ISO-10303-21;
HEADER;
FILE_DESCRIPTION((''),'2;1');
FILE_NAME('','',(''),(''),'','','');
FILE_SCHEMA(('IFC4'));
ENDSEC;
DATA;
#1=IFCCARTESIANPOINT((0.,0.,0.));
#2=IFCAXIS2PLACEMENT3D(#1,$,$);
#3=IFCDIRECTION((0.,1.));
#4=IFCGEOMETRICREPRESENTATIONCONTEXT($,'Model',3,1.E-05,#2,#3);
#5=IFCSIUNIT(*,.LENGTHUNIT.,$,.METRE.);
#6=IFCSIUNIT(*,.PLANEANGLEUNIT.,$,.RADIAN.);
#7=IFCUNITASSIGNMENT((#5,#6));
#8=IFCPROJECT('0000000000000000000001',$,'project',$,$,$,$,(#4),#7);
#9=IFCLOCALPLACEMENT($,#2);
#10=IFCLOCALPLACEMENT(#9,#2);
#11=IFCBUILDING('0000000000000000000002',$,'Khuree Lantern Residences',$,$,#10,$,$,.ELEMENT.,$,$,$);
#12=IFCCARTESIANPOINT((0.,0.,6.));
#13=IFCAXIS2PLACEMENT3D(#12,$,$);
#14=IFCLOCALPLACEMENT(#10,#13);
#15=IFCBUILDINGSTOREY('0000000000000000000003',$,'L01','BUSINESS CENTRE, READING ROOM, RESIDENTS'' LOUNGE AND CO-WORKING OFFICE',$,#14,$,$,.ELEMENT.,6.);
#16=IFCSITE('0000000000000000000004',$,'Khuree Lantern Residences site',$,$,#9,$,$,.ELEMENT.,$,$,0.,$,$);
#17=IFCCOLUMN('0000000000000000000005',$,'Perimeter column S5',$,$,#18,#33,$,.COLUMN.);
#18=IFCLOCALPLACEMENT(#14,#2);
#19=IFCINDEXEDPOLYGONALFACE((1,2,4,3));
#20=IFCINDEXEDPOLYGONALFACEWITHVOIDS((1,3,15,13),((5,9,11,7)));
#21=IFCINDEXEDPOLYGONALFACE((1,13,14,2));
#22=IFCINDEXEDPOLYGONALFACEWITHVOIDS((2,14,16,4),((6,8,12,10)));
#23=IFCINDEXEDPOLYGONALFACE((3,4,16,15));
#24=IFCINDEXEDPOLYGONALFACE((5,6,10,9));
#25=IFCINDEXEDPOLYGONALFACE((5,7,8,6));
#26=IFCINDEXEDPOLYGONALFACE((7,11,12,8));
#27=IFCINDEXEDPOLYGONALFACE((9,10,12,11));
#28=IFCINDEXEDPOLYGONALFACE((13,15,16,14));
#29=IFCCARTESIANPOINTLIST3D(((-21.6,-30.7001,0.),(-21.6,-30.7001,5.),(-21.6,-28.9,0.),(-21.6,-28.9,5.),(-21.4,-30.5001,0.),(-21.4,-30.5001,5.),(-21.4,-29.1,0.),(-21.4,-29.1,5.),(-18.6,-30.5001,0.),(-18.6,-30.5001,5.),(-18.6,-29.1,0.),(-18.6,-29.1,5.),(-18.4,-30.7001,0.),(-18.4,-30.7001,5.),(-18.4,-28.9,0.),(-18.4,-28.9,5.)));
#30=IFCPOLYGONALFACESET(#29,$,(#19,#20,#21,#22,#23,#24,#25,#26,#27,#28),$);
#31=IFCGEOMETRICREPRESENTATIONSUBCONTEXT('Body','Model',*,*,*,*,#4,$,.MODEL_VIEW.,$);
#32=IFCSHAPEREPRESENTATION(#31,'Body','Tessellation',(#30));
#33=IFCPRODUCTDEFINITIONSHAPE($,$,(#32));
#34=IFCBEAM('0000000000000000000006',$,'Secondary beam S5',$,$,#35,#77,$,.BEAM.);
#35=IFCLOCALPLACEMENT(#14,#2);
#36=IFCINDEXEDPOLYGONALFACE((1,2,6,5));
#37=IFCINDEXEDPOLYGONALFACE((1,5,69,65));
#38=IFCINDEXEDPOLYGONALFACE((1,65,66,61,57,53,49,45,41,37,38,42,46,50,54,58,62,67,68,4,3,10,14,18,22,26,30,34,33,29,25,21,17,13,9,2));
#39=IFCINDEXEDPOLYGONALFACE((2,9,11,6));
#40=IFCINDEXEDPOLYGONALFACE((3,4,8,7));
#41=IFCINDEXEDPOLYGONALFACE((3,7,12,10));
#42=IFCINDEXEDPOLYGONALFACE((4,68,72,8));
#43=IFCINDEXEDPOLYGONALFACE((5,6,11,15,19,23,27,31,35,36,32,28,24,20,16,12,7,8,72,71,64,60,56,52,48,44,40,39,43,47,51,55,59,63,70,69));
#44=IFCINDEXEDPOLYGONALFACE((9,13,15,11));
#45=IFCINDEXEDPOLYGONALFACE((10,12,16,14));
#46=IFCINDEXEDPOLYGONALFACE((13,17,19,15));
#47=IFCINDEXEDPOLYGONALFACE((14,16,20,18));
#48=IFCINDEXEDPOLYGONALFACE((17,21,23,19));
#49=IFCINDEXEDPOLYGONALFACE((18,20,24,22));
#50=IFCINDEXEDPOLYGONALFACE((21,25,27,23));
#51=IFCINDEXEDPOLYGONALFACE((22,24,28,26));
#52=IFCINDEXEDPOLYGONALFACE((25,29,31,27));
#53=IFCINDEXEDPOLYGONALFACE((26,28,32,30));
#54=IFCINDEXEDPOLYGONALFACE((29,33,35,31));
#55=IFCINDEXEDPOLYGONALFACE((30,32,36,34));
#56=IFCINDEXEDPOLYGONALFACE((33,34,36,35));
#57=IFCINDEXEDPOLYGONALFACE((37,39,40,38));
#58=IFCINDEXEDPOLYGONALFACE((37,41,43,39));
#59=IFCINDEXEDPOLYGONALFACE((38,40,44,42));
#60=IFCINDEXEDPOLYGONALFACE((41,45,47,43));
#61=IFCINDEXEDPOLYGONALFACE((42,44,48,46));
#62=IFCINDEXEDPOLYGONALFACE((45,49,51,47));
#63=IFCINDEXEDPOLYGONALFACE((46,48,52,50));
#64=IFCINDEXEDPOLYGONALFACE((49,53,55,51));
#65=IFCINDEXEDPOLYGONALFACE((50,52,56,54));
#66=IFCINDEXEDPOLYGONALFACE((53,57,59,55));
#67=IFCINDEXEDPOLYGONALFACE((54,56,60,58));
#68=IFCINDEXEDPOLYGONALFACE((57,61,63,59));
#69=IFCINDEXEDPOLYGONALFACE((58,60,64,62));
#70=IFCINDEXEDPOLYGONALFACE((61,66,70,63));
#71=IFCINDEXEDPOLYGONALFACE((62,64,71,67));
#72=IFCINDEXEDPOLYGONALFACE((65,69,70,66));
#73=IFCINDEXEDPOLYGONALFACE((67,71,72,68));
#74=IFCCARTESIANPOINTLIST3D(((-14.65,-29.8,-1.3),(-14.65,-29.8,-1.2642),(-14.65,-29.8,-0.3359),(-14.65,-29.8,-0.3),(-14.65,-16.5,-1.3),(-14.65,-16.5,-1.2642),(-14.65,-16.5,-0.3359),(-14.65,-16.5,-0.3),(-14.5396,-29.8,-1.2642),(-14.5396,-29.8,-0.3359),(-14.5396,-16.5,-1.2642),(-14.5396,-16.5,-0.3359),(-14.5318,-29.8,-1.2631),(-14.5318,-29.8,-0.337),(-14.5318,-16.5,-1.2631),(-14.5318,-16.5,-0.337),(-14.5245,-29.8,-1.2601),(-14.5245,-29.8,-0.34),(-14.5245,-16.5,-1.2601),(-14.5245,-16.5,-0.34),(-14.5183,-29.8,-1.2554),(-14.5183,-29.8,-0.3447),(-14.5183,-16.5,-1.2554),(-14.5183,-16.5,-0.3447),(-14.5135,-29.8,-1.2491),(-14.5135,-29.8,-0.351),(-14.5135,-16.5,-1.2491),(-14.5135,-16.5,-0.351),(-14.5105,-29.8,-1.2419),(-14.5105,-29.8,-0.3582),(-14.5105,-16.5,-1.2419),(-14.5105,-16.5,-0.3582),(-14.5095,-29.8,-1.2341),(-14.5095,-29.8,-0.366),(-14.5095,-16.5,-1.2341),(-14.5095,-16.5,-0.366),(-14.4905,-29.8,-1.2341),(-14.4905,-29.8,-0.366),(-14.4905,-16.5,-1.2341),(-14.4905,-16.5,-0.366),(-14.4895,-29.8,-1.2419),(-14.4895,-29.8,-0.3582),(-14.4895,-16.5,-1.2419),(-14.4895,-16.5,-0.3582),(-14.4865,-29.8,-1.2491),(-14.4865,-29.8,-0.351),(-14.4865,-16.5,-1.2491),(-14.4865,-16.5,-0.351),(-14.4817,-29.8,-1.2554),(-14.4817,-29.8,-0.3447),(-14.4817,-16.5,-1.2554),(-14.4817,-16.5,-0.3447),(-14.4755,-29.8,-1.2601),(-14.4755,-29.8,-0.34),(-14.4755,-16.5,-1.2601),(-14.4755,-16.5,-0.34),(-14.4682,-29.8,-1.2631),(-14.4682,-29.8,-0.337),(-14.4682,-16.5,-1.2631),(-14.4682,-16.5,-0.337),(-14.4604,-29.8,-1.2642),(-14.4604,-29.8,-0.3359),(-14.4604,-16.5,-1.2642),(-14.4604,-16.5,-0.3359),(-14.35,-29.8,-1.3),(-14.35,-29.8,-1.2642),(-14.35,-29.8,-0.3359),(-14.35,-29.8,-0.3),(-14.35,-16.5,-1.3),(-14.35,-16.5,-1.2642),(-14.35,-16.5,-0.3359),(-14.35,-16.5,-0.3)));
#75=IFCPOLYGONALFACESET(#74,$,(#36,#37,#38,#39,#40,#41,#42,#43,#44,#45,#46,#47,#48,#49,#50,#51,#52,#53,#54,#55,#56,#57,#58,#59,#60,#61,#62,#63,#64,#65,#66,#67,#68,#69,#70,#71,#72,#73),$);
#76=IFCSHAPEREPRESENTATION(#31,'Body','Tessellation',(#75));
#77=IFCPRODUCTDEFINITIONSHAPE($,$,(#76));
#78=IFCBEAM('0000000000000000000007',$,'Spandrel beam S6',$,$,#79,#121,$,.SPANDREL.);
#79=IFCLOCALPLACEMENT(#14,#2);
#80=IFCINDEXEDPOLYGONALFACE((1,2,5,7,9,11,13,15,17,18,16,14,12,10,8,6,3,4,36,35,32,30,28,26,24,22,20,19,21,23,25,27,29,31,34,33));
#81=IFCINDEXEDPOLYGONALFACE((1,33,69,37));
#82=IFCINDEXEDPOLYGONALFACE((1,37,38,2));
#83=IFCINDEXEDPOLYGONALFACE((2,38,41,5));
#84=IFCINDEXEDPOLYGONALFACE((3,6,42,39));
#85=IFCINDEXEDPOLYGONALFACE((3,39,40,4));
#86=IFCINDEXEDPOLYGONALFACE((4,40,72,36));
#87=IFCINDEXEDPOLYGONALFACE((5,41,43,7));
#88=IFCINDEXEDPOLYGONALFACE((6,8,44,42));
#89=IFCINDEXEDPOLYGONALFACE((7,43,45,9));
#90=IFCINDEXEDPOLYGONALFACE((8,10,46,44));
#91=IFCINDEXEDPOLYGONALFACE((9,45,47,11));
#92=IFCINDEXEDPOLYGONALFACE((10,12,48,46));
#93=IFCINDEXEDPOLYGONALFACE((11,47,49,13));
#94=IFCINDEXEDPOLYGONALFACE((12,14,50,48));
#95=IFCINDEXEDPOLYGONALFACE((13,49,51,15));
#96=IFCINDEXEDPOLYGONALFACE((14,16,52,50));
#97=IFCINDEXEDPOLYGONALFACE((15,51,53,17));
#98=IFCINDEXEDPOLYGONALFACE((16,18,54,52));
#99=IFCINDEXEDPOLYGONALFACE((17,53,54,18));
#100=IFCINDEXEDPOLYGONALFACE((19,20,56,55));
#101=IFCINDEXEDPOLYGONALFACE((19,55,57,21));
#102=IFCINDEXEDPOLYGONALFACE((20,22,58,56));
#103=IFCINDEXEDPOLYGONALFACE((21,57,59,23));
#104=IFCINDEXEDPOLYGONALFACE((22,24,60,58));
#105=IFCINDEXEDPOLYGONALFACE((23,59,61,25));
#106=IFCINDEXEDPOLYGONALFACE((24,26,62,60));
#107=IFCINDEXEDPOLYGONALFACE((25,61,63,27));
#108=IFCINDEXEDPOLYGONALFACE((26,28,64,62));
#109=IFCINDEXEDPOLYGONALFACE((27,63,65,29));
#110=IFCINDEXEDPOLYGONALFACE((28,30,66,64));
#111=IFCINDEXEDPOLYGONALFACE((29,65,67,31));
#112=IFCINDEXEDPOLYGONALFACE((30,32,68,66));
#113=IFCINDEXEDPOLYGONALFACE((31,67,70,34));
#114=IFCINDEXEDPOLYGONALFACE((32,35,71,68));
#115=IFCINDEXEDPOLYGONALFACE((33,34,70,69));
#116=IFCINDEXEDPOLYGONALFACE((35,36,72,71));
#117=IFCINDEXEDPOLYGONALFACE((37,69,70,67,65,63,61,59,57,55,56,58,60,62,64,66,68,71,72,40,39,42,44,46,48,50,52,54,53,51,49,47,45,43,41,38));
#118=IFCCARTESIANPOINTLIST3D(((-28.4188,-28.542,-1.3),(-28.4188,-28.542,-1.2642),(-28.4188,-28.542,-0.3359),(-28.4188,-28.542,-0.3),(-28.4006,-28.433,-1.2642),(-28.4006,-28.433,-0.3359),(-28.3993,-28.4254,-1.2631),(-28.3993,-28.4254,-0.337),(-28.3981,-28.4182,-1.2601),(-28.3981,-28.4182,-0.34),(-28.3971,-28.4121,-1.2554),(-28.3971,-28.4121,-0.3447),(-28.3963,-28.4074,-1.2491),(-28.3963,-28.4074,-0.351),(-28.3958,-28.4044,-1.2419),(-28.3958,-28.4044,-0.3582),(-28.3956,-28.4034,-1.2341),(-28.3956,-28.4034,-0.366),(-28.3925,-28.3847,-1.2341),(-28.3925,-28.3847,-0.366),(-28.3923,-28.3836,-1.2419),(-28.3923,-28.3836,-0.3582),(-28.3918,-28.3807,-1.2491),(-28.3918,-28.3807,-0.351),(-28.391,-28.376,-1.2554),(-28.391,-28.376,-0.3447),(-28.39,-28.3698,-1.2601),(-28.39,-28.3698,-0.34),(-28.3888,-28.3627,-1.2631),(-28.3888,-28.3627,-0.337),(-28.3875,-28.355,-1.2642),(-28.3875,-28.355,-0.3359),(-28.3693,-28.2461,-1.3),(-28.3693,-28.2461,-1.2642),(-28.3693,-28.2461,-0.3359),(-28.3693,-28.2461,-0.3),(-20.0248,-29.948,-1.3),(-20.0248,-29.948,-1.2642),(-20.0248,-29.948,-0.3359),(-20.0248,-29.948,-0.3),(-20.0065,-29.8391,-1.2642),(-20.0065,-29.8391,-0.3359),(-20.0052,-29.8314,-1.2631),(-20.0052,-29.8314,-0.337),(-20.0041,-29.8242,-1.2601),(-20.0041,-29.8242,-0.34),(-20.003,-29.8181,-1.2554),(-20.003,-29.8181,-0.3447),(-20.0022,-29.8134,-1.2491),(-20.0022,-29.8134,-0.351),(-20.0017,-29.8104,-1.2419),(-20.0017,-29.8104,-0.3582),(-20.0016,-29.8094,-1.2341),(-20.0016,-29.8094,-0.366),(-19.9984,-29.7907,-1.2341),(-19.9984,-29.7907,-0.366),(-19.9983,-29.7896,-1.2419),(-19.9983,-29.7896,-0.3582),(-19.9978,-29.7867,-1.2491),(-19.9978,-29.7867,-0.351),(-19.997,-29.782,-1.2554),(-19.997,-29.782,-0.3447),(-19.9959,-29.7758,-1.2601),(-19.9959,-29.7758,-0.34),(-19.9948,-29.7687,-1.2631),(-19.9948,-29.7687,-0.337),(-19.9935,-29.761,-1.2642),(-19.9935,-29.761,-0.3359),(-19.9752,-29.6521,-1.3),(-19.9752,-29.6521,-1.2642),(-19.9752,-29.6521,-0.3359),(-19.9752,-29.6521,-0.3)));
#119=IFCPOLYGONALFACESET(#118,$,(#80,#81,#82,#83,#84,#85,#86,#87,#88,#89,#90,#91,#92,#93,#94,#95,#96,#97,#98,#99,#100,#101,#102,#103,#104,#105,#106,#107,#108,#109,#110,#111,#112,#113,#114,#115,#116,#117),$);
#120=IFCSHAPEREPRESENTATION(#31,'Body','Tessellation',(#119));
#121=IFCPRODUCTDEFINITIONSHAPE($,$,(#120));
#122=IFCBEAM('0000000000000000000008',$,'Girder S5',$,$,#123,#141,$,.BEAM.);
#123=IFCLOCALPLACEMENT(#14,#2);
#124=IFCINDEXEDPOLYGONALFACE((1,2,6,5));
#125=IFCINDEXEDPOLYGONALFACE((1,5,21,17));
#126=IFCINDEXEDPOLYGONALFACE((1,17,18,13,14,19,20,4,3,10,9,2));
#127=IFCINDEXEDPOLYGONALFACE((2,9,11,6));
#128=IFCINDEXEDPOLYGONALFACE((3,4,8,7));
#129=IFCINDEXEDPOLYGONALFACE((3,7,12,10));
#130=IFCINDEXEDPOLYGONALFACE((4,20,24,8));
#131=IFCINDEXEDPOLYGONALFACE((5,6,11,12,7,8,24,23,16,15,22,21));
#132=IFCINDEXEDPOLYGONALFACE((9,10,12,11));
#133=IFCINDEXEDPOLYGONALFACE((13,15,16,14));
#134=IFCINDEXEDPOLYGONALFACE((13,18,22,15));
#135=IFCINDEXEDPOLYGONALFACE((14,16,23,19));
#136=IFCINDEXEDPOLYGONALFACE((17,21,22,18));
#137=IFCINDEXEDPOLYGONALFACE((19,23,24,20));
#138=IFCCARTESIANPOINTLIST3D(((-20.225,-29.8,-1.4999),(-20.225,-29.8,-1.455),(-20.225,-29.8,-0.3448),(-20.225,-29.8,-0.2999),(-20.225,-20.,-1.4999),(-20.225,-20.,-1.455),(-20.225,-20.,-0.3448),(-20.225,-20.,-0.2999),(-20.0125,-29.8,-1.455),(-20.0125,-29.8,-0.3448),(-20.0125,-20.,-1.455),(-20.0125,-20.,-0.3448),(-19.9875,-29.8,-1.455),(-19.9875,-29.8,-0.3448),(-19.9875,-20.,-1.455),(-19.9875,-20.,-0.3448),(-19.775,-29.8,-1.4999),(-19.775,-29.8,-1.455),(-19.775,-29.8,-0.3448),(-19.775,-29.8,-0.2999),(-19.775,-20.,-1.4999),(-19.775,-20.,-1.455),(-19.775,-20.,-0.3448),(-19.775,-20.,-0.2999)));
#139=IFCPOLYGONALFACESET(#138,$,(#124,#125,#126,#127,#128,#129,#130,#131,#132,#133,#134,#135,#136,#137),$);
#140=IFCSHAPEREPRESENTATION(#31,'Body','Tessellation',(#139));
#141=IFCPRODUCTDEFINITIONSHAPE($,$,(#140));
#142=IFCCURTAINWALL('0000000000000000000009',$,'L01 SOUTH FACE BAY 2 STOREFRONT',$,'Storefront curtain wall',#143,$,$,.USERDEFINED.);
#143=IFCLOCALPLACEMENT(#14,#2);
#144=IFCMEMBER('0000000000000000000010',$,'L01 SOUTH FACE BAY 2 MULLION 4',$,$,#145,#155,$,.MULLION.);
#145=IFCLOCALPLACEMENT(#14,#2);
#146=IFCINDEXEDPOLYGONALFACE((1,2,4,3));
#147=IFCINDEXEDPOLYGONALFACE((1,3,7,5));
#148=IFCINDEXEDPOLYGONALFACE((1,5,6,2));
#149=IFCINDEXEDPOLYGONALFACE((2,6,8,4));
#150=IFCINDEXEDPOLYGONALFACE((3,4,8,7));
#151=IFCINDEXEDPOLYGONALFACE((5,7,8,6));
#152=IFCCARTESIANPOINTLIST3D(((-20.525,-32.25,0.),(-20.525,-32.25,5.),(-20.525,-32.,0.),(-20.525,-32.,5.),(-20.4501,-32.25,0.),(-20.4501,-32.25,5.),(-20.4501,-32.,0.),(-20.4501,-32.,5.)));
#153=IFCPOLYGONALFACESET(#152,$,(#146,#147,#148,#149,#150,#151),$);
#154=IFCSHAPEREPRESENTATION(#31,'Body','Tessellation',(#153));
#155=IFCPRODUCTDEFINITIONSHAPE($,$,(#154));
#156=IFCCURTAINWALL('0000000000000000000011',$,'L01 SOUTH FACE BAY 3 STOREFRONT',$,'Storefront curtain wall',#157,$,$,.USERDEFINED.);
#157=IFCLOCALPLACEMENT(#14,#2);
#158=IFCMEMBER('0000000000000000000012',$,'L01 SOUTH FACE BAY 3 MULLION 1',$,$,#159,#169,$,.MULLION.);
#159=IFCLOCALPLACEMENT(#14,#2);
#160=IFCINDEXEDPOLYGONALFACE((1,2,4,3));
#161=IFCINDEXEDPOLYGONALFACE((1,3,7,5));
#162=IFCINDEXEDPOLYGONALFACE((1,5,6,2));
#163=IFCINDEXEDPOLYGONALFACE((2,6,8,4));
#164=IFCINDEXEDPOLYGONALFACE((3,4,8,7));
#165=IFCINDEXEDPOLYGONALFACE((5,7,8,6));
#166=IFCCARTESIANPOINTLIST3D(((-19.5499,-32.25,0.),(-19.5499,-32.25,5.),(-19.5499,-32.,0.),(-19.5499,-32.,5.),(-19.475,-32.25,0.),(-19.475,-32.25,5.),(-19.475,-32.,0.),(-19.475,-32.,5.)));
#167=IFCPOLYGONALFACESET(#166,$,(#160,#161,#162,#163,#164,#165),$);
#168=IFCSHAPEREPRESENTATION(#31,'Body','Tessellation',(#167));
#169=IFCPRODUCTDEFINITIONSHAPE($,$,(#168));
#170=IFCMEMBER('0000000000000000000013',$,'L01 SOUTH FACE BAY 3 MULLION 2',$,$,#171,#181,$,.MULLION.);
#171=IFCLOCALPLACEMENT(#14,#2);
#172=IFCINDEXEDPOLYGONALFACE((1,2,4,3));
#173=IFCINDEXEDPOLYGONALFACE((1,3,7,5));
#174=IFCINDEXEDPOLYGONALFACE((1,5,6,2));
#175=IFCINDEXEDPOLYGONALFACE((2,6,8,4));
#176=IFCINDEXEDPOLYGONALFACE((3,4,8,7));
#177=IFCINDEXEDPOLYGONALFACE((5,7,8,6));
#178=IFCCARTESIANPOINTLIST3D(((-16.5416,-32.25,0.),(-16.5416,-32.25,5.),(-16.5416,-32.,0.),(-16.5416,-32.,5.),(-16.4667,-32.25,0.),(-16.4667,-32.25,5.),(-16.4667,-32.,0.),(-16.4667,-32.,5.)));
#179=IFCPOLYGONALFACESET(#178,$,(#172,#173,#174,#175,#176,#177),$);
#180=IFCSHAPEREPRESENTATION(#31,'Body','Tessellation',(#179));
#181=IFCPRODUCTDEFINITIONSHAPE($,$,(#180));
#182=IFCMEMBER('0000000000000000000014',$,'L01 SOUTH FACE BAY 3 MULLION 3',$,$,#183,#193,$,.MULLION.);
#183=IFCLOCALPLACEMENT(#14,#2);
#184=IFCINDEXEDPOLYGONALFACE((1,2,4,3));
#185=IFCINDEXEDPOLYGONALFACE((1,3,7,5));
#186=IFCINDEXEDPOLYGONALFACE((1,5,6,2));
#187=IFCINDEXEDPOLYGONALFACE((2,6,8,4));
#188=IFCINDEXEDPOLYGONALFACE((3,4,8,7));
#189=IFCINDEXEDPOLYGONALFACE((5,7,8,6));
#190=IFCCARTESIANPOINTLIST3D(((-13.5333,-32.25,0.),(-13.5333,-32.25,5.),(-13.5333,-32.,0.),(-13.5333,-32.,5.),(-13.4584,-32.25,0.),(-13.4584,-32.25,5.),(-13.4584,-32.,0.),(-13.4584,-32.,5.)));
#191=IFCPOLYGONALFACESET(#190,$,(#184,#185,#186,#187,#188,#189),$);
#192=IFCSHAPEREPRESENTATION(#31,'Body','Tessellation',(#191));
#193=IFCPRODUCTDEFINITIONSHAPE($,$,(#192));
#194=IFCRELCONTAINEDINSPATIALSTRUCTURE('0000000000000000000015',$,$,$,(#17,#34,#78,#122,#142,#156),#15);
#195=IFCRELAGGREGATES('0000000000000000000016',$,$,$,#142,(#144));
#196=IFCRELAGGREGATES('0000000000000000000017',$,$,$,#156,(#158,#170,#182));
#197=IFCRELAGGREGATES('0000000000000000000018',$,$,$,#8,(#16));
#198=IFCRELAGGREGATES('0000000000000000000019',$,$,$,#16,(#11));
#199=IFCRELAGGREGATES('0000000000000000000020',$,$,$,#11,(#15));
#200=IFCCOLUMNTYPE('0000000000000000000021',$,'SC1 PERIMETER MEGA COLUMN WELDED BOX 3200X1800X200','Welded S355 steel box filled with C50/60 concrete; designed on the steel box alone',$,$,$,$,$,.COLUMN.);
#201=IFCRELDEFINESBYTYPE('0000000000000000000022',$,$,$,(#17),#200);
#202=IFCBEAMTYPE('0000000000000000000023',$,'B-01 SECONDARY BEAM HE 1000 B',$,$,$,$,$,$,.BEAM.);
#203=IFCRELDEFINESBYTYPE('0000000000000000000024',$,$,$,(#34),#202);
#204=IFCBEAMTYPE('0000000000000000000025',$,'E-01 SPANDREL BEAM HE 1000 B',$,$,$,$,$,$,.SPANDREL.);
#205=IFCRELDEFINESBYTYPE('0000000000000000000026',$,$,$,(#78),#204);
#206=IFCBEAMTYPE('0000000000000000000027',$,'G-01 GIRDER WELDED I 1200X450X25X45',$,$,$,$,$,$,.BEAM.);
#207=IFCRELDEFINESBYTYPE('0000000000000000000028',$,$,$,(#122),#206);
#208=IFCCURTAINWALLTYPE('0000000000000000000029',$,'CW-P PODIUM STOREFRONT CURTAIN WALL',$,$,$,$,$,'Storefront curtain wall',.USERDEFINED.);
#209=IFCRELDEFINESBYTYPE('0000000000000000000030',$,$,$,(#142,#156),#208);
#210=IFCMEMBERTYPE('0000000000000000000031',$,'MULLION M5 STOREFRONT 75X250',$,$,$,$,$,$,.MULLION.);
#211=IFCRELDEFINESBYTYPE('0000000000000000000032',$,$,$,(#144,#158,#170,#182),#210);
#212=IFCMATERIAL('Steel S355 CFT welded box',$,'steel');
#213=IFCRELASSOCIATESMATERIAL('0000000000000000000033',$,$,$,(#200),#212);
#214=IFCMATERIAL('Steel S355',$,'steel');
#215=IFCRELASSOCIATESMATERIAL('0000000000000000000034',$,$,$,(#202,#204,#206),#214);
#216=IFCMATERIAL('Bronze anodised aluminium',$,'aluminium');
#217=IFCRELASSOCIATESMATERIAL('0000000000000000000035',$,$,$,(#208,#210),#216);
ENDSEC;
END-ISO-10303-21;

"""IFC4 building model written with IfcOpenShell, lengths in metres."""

from ifc_helpers import new_model, si_unit, direction, frame, origin, origin_2d, place, context, subcontext, project, spatial, rectangle, hollow_rectangle, i_section, extrude, material, material_profile, profile_set, type_object, element, aggregate, save


model = new_model("IFC4")

# Units and contexts
model_context = context("Model", 3, precision=1e-05, world=origin(), true_north=direction((0.0, 1.0)))
body_context = subcontext(model_context, "Body", "Model", "MODEL_VIEW")
ifc_project = project(units=[si_unit("LENGTHUNIT", "METRE"), si_unit("PLANEANGLEUNIT", "RADIAN")], contexts=[model_context])

# Site, building, storey
site_placement = place(None, origin())
site = spatial("IfcSite", under=ifc_project, at=site_placement, Name="Khuree Lantern Residences site", CompositionType="ELEMENT", RefElevation=0.0)
building_placement = place(site_placement, origin())
building = spatial("IfcBuilding", under=site, at=building_placement, Name="Khuree Lantern Residences", CompositionType="ELEMENT")
storey_placement = place(building_placement, frame((0.0, 0.0, 6.0)))
storey = spatial("IfcBuildingStorey", under=building, at=storey_placement, Name="L01", Description="BUSINESS CENTRE, READING ROOM, RESIDENTS' LOUNGE AND CO-WORKING OFFICE", CompositionType="ELEMENT", Elevation=6.0)

# Column
ifc_material_1 = material(Name="Steel S355 CFT welded box", Category="steel")
ifc_material_profile_1 = material_profile(ifc_material_1, hollow_rectangle(XDim=3.2, YDim=1.8, WallThickness=0.2, at=origin_2d()), Name="WELDED BOX 3200X1800X200")
ifc_profile_set_1 = profile_set([ifc_material_profile_1], Name="Steel S355 CFT welded box")
column_type = type_object("IfcColumnType", Name="SC1 PERIMETER MEGA COLUMN WELDED BOX 3200X1800X200", Description="Welded S355 steel box filled with C50/60 concrete; designed on the steel box alone", PredefinedType="COLUMN", material=ifc_profile_set_1)
column_placement = place(storey_placement, frame((-20.0, -29.8, 0.0), z_axis=(0.0, 0.0, 1.0), x_axis=(1.0, 0.0, 0.0)))
element("IfcColumn", 1, at=column_placement, inside=storey, type_object=column_type, Name="Perimeter column S5", PredefinedType="COLUMN", context=body_context, shape_type="SweptSolid", body=[
    extrude(hollow_rectangle(XDim=3.2, YDim=1.8, WallThickness=0.2, at=origin_2d()), origin(), (0.0, 0.0, 1.0), 5.0),
])

# Beams
ifc_material_2 = material(Name="Steel S355", Category="steel")
ifc_material_profile_2 = material_profile(ifc_material_2, i_section(OverallWidth=0.3, OverallDepth=1.0, WebThickness=0.019, FlangeThickness=0.0359, FilletRadius=0.03, at=origin_2d()), Name="HE 1000 B")
ifc_profile_set_2 = profile_set([ifc_material_profile_2], Name="Steel S355")
beam_type_1 = type_object("IfcBeamType", Name="B-01 SECONDARY BEAM HE 1000 B", PredefinedType="BEAM", material=ifc_profile_set_2)
beam_1_placement = place(storey_placement, frame((-14.5, -29.8, -0.8), z_axis=(0.0, 1.0, 0.0), x_axis=(-1.0, 0.0, 0.0)))
element("IfcBeam", 2, at=beam_1_placement, inside=storey, type_object=beam_type_1, Name="Secondary beam S5", PredefinedType="BEAM", context=body_context, shape_type="SweptSolid", body=[
    extrude(i_section(OverallWidth=0.3, OverallDepth=1.0, WebThickness=0.019, FlangeThickness=0.0359, FilletRadius=0.03, at=origin_2d()), origin(), (0.0, 0.0, 1.0), 13.3),
])
ifc_material_profile_3 = material_profile(ifc_material_2, i_section(OverallWidth=0.3, OverallDepth=1.0, WebThickness=0.019, FlangeThickness=0.0359, FilletRadius=0.03, at=origin_2d()), Name="HE 1000 B")
ifc_profile_set_3 = profile_set([ifc_material_profile_3], Name="Steel S355")
beam_type_2 = type_object("IfcBeamType", Name="E-01 SPANDREL BEAM HE 1000 B", PredefinedType="SPANDREL", material=ifc_profile_set_3)
beam_2_placement = place(storey_placement, frame((-20.0, -29.8, -0.8), z_axis=(-0.98626, 0.165199, 0.0), x_axis=(-0.165199, -0.98626, 0.0)))
element("IfcBeam", 3, at=beam_2_placement, inside=storey, type_object=beam_type_2, Name="Spandrel beam S6", PredefinedType="SPANDREL", context=body_context, shape_type="SweptSolid", body=[
    extrude(i_section(OverallWidth=0.3, OverallDepth=1.0, WebThickness=0.019, FlangeThickness=0.0359, FilletRadius=0.03, at=origin_2d()), origin(), (0.0, 0.0, 1.0), 8.511),
])
ifc_material_profile_4 = material_profile(ifc_material_2, i_section(OverallWidth=0.45, OverallDepth=1.2, WebThickness=0.0249, FlangeThickness=0.0449, at=origin_2d()), Name="WELDED I 1200X450X25X45")
ifc_profile_set_4 = profile_set([ifc_material_profile_4], Name="Steel S355")
beam_type_3 = type_object("IfcBeamType", Name="G-01 GIRDER WELDED I 1200X450X25X45", PredefinedType="BEAM", material=ifc_profile_set_4)
beam_3_placement = place(storey_placement, frame((-20.0, -29.8, -0.8999), z_axis=(0.0, 1.0, 0.0), x_axis=(-1.0, 0.0, 0.0)))
element("IfcBeam", 4, at=beam_3_placement, inside=storey, type_object=beam_type_3, Name="Girder S5", PredefinedType="BEAM", context=body_context, shape_type="SweptSolid", body=[
    extrude(i_section(OverallWidth=0.45, OverallDepth=1.2, WebThickness=0.0249, FlangeThickness=0.0449, at=origin_2d()), origin(), (0.0, 0.0, 1.0), 9.8),
])

# Curtain wall, member
ifc_material_3 = material(Name="Bronze anodised aluminium", Category="aluminium")
curtain_wall_type = type_object("IfcCurtainWallType", Name="CW-P PODIUM STOREFRONT CURTAIN WALL", ElementType="Storefront curtain wall", PredefinedType="USERDEFINED", material=ifc_material_3)
curtain_wall_1_placement = place(storey_placement, origin())
curtain_wall_1 = element("IfcCurtainWall", 5, at=curtain_wall_1_placement, inside=storey, type_object=curtain_wall_type, Name="L01 SOUTH FACE BAY 2 STOREFRONT", ObjectType="Storefront curtain wall", PredefinedType="USERDEFINED")
ifc_material_profile_5 = material_profile(ifc_material_3, rectangle(XDim=0.075, YDim=0.25, at=origin_2d()), Name="M5 75X250")
ifc_profile_set_5 = profile_set([ifc_material_profile_5], Name="Bronze anodised aluminium")
member_type_1 = type_object("IfcMemberType", Name="MULLION M5 STOREFRONT 75X250", PredefinedType="MULLION", material=ifc_profile_set_5)
member_1_placement = place(storey_placement, frame((-20.4875, -32.125, 0.0), z_axis=(0.0, 0.0, 1.0), x_axis=(1.0, 0.0, 0.0)))
member_1 = element("IfcMember", 6, at=member_1_placement, type_object=member_type_1, Name="L01 SOUTH FACE BAY 2 MULLION 4", PredefinedType="MULLION", context=body_context, shape_type="SweptSolid", body=[
    extrude(rectangle(XDim=0.075, YDim=0.25, at=origin_2d()), origin(), (0.0, 0.0, 1.0), 5.0),
])

# Curtain wall, members
curtain_wall_2_placement = place(storey_placement, origin())
curtain_wall_2 = element("IfcCurtainWall", 7, at=curtain_wall_2_placement, inside=storey, type_object=curtain_wall_type, Name="L01 SOUTH FACE BAY 3 STOREFRONT", ObjectType="Storefront curtain wall", PredefinedType="USERDEFINED")
member_2_placement = place(storey_placement, frame((-19.5125, -32.125, 0.0), z_axis=(0.0, 0.0, 1.0), x_axis=(1.0, 0.0, 0.0)))
member_2 = element("IfcMember", 8, at=member_2_placement, type_object=member_type_1, Name="L01 SOUTH FACE BAY 3 MULLION 1", PredefinedType="MULLION", context=body_context, shape_type="SweptSolid", body=[
    extrude(rectangle(XDim=0.075, YDim=0.25, at=origin_2d()), origin(), (0.0, 0.0, 1.0), 5.0),
])
member_3_placement = place(storey_placement, frame((-16.5042, -32.125, 0.0), z_axis=(0.0, 0.0, 1.0), x_axis=(1.0, 0.0, 0.0)))
member_3 = element("IfcMember", 9, at=member_3_placement, type_object=member_type_1, Name="L01 SOUTH FACE BAY 3 MULLION 2", PredefinedType="MULLION", context=body_context, shape_type="SweptSolid", body=[
    extrude(rectangle(XDim=0.075, YDim=0.25, at=origin_2d()), origin(), (0.0, 0.0, 1.0), 5.0),
])
member_4_placement = place(storey_placement, frame((-13.4958, -32.125, 0.0), z_axis=(0.0, 0.0, 1.0), x_axis=(1.0, 0.0, 0.0)))
member_4 = element("IfcMember", 10, at=member_4_placement, type_object=member_type_1, Name="L01 SOUTH FACE BAY 3 MULLION 3", PredefinedType="MULLION", context=body_context, shape_type="SweptSolid", body=[
    extrude(rectangle(XDim=0.075, YDim=0.25, at=origin_2d()), origin(), (0.0, 0.0, 1.0), 5.0),
])

aggregate(curtain_wall_1, [member_1])
aggregate(curtain_wall_2, [member_2, member_3, member_4])

save(model, "model.ifc")
